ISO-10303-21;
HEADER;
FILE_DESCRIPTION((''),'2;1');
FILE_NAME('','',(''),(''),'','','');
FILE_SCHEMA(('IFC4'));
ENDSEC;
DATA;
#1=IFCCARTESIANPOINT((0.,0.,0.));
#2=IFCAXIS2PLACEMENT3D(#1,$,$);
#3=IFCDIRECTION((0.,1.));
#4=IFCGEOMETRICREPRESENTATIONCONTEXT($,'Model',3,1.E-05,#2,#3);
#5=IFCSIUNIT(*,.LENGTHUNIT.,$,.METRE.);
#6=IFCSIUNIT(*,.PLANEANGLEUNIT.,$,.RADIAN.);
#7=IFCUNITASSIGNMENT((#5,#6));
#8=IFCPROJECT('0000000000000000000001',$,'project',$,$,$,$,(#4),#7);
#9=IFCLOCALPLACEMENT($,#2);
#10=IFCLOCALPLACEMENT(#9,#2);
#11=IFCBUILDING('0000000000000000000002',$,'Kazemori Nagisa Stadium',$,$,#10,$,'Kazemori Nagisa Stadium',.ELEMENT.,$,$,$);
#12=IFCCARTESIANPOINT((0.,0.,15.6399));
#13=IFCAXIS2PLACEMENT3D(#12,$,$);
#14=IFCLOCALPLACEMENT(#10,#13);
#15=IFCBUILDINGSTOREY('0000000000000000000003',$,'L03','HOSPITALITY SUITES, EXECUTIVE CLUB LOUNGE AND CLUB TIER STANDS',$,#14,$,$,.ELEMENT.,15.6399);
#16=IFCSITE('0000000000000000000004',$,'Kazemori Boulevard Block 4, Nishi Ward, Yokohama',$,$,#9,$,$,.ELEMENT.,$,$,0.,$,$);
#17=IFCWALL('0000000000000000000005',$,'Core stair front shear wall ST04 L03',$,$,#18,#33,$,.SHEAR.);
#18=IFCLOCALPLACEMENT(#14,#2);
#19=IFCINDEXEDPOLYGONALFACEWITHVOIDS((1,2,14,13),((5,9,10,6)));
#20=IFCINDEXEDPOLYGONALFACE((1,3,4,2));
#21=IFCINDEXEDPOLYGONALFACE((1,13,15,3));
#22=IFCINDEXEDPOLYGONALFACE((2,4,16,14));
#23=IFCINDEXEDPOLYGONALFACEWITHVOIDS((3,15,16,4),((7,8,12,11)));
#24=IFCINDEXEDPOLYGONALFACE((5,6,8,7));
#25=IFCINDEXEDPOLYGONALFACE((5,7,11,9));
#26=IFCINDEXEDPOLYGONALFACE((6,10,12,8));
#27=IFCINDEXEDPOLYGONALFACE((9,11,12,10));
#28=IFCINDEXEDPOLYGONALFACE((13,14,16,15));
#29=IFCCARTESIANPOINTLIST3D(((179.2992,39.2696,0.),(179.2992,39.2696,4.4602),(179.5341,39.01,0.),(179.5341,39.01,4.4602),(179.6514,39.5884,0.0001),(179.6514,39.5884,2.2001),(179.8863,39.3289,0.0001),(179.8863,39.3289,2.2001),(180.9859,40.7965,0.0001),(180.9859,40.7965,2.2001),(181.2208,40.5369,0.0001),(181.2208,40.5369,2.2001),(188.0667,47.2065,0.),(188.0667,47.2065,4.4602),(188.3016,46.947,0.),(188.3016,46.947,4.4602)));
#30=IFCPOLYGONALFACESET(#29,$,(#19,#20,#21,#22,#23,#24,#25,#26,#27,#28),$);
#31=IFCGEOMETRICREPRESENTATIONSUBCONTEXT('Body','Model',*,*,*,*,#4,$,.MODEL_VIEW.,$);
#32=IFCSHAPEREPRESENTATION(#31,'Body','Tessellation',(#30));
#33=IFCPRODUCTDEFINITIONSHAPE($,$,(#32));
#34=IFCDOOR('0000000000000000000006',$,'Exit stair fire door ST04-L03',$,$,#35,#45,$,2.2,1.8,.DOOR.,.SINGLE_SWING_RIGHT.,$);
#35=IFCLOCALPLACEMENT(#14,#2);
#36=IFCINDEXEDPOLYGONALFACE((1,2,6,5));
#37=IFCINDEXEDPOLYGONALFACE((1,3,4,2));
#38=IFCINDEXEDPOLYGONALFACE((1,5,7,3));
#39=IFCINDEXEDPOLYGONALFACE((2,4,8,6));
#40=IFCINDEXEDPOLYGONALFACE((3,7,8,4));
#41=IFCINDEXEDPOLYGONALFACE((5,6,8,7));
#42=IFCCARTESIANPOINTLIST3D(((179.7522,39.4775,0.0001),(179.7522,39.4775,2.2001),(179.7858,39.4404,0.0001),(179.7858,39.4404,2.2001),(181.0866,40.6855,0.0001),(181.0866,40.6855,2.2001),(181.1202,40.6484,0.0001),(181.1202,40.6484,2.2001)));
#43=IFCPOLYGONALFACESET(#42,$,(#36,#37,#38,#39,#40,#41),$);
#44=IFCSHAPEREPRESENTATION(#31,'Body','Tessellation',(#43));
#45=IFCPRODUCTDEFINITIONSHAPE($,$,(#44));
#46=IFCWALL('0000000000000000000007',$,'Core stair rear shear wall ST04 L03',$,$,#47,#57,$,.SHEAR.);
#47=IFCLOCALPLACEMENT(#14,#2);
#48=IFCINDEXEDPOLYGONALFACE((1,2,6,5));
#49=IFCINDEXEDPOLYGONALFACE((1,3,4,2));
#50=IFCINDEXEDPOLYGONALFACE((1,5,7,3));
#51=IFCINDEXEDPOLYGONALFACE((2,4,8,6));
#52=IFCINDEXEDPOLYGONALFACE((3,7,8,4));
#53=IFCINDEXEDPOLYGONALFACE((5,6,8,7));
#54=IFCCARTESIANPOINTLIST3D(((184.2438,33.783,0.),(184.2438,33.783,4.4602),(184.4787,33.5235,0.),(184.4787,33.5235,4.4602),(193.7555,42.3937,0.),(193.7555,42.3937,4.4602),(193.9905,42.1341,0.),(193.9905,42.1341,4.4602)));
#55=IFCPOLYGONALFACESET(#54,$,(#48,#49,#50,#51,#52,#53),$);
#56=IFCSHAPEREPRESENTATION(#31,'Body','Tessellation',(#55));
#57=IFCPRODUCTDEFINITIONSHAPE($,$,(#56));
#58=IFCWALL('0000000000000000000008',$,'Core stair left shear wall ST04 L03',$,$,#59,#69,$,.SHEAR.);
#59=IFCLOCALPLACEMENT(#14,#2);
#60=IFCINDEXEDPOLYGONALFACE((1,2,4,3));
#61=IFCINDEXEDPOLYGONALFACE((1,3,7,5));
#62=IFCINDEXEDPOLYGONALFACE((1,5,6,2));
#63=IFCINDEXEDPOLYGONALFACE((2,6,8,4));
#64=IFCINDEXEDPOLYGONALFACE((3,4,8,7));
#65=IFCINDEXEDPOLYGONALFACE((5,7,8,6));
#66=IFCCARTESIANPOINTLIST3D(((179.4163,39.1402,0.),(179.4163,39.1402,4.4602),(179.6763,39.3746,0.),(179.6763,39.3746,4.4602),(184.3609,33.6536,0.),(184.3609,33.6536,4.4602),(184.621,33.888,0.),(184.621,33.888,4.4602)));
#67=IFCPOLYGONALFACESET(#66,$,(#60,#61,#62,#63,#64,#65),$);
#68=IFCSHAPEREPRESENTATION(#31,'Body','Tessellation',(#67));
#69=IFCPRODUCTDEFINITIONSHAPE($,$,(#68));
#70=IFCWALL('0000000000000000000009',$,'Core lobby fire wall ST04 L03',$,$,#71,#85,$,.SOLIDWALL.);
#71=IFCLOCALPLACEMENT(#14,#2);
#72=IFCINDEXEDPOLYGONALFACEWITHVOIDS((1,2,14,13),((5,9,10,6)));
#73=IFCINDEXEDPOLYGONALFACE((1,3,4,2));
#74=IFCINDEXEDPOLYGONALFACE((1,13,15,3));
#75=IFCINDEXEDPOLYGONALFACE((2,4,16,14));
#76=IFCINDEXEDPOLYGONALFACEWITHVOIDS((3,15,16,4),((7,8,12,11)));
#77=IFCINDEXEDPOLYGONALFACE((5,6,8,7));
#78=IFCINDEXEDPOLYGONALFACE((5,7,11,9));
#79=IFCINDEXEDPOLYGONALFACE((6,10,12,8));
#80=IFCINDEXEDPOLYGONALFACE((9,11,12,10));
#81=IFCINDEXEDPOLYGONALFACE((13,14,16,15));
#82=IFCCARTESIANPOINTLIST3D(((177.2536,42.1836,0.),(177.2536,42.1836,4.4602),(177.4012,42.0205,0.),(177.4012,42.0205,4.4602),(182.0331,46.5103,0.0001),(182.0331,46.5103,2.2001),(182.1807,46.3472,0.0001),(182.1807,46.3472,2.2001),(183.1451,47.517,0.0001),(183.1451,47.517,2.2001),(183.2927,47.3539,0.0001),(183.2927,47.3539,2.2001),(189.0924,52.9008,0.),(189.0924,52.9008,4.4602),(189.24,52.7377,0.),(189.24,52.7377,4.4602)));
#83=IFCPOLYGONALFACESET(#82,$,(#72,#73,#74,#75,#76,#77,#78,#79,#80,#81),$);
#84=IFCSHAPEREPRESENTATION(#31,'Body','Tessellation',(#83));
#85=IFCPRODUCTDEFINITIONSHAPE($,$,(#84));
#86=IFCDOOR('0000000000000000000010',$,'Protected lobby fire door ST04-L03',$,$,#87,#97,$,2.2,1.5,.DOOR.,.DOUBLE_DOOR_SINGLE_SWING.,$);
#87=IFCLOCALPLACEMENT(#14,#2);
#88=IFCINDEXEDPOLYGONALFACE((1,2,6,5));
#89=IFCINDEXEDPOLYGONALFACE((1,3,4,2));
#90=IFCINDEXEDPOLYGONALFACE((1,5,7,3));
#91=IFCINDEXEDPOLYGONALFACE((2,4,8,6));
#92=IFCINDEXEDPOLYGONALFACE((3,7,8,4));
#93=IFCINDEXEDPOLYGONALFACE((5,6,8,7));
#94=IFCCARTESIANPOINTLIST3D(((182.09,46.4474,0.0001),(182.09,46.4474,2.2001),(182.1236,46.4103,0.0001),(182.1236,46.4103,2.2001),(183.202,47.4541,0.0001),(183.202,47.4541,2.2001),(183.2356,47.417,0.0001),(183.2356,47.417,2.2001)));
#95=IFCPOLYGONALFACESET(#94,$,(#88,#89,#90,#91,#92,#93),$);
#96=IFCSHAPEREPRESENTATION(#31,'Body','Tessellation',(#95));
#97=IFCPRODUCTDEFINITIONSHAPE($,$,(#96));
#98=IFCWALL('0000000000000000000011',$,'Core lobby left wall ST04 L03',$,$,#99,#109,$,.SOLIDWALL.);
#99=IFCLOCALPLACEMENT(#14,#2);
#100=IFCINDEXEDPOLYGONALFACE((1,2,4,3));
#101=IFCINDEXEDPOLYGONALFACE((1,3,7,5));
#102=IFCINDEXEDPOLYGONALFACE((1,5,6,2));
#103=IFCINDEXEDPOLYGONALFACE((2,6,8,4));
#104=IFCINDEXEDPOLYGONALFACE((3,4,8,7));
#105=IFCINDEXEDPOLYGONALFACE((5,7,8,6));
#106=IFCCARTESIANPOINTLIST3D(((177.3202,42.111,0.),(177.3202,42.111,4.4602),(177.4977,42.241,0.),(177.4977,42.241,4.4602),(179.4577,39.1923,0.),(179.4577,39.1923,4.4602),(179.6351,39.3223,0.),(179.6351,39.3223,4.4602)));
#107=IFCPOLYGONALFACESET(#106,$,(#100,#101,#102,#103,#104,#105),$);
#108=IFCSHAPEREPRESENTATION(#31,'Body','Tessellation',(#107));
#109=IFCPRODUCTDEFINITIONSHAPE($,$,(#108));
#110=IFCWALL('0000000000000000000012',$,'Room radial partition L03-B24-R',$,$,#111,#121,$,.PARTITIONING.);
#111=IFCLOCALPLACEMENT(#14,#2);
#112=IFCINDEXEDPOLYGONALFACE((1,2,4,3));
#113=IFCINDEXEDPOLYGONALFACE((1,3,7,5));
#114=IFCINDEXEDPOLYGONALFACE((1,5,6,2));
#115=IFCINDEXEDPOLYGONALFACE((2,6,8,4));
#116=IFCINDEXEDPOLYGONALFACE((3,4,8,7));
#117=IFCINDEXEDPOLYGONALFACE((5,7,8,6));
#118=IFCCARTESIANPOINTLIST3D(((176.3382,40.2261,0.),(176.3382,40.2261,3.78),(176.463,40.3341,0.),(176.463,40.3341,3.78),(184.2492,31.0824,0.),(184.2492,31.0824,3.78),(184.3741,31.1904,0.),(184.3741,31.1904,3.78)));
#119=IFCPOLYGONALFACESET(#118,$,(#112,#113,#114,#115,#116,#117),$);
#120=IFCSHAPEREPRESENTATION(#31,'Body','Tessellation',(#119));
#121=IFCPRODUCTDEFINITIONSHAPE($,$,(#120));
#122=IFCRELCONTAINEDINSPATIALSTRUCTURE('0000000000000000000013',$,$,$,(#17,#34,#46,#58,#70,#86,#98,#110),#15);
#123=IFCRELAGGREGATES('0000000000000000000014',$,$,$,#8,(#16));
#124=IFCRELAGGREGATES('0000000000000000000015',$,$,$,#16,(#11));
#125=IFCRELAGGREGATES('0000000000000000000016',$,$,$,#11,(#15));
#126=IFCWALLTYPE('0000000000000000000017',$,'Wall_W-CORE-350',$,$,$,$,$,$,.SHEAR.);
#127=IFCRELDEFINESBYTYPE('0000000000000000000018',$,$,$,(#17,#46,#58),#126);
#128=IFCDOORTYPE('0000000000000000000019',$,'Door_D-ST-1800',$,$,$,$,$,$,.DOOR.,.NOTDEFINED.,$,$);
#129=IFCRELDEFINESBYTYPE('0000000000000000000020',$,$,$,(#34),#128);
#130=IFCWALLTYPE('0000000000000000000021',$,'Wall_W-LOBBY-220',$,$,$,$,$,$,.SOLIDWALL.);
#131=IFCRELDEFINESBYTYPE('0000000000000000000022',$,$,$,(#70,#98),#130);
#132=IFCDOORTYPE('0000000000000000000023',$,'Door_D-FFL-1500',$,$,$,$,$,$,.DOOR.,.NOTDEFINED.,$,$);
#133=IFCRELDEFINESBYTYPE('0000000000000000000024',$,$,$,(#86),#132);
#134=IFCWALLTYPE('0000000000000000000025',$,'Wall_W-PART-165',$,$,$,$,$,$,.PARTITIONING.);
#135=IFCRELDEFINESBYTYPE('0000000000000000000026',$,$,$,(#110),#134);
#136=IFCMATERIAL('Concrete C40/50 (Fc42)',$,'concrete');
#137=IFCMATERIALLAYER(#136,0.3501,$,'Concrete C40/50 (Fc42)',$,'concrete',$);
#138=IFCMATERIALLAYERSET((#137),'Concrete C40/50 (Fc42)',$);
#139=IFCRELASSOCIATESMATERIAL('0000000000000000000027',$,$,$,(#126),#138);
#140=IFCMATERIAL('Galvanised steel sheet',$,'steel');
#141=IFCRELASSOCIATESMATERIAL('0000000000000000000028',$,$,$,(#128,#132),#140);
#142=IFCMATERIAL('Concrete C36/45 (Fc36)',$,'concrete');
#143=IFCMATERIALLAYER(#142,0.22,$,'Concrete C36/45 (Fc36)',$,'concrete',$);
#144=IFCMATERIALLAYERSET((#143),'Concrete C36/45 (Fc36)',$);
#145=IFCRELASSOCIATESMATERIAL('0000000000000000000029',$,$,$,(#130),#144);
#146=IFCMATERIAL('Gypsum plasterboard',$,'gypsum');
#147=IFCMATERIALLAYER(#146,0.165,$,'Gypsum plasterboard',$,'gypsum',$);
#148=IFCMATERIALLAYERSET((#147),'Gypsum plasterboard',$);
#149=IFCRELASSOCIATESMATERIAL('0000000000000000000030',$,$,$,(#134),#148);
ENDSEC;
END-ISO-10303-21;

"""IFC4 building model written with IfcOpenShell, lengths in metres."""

from ifc_helpers import new_model, si_unit, direction, frame, frame_2d, origin, place, context, subcontext, project, spatial, rectangle, extrude, material, layer, layer_set, type_object, element, fill, save


model = new_model("IFC4")

# Units and contexts
model_context = context("Model", 3, precision=1e-05, world=origin(), true_north=direction((0.0, 1.0)))
body_context = subcontext(model_context, "Body", "Model", "MODEL_VIEW")
ifc_project = project(units=[si_unit("LENGTHUNIT", "METRE"), si_unit("PLANEANGLEUNIT", "RADIAN")], contexts=[model_context])

# Site, building, storey
site_placement = place(None, origin())
site = spatial("IfcSite", under=ifc_project, at=site_placement, Name="Kazemori Boulevard Block 4, Nishi Ward, Yokohama", CompositionType="ELEMENT", RefElevation=0.0)
building_placement = place(site_placement, origin())
building = spatial("IfcBuilding", under=site, at=building_placement, Name="Kazemori Nagisa Stadium", LongName="Kazemori Nagisa Stadium", CompositionType="ELEMENT")
storey_placement = place(building_placement, frame((0.0, 0.0, 15.6399)))
storey = spatial("IfcBuildingStorey", under=building, at=storey_placement, Name="L03", Description="HOSPITALITY SUITES, EXECUTIVE CLUB LOUNGE AND CLUB TIER STANDS", CompositionType="ELEMENT", Elevation=15.6399)

# Shared definitions
ifc_material_1 = material(Name="Concrete C40/50 (Fc42)", Category="concrete")

# Wall, opening, door
ifc_layer_1 = layer(ifc_material_1, 0.3501, Name="Concrete C40/50 (Fc42)", Category="concrete")
ifc_layer_set_1 = layer_set([ifc_layer_1], Name="Concrete C40/50 (Fc42)")
wall_type_1 = type_object("IfcWallType", Name="Wall_W-CORE-350", PredefinedType="SHEAR", material=ifc_layer_set_1)
wall_1_placement = place(storey_placement, frame((179.4167, 39.1399, 0.0), z_axis=(0.0, 0.0, 1.0), x_axis=(0.741349, 0.67112, 0.0)))
wall_1 = element("IfcWall", 1, at=wall_1_placement, inside=storey, type_object=wall_type_1, Name="Core stair front shear wall ST04 L03", PredefinedType="SHEAR", context=body_context, shape_type="SweptSolid", body=[
    extrude(rectangle(XDim=11.8264, YDim=0.3501, at=frame_2d((5.9131, 0.0))), origin(), (0.0, 0.0, 1.0), 4.4602),
])
opening_1_placement = place(wall_1_placement, frame((0.4751, 0.0, 0.0)))
opening_1 = element("IfcOpeningElement", 2, at=opening_1_placement, cuts=wall_1, PredefinedType="OPENING", context=body_context, shape_type="SweptSolid", body=[
    extrude(rectangle(XDim=1.8, YDim=2.2, at=frame_2d((0.8999, 1.1001))), frame((0.0, 0.1851, 0.0), z_axis=(0.0, -1.0, 0.0), x_axis=(1.0, 0.0, 0.0)), (0.0, 0.0, 1.0), 0.3701),
])
ifc_material_2 = material(Name="Galvanised steel sheet", Category="steel")
door_type_1 = type_object("IfcDoorType", Name="Door_D-ST-1800", OperationType="NOTDEFINED", PredefinedType="DOOR", material=ifc_material_2)
door_1_placement = place(opening_1_placement, frame((1.8, 0.0, 0.0), z_axis=(0.0, 0.0, 1.0), x_axis=(-1.0, 0.0, 0.0)))
door_1 = element("IfcDoor", 3, at=door_1_placement, inside=storey, type_object=door_type_1, Name="Exit stair fire door ST04-L03", OperationType="SINGLE_SWING_RIGHT", OverallHeight=2.2, OverallWidth=1.8, PredefinedType="DOOR", context=body_context, shape_type="SweptSolid", body=[
    extrude(rectangle(XDim=1.8, YDim=2.2, at=frame_2d((0.8999, 1.1001))), frame((0.0, 0.0249, 0.0), z_axis=(0.0, -1.0, 0.0), x_axis=(1.0, 0.0, 0.0)), (0.0, 0.0, 1.0), 0.05),
])
fill(opening_1, door_1)

# Walls
wall_2_placement = place(storey_placement, frame((184.3613, 33.6533, 0.0), z_axis=(0.0, 0.0, 1.0), x_axis=(0.741351, 0.671117, 0.0)))
element("IfcWall", 4, at=wall_2_placement, inside=storey, type_object=wall_type_1, Name="Core stair rear shear wall ST04 L03", PredefinedType="SHEAR", context=body_context, shape_type="SweptSolid", body=[
    extrude(rectangle(XDim=12.8303, YDim=0.3501, at=frame_2d((6.415, 0.0))), origin(), (0.0, 0.0, 1.0), 4.4602),
])
wall_3_placement = place(storey_placement, frame((179.5464, 39.2573, 0.0), z_axis=(0.0, 0.0, 1.0), x_axis=(0.669463, -0.742845, 0.0)))
element("IfcWall", 5, at=wall_3_placement, inside=storey, type_object=wall_type_1, Name="Core stair left shear wall ST04 L03", PredefinedType="SHEAR", context=body_context, shape_type="SweptSolid", body=[
    extrude(rectangle(XDim=7.386, YDim=0.3501, at=frame_2d((3.6929, 0.0))), origin(), (0.0, 0.0, 1.0), 4.4602),
])

# Wall, opening, door
ifc_material_3 = material(Name="Concrete C36/45 (Fc36)", Category="concrete")
ifc_layer_2 = layer(ifc_material_3, 0.22, Name="Concrete C36/45 (Fc36)", Category="concrete")
ifc_layer_set_2 = layer_set([ifc_layer_2], Name="Concrete C36/45 (Fc36)")
wall_type_2 = type_object("IfcWallType", Name="Wall_W-LOBBY-220", PredefinedType="SOLIDWALL", material=ifc_layer_set_2)
wall_4_placement = place(storey_placement, frame((177.3274, 42.1021, 0.0), z_axis=(0.0, 0.0, 1.0), x_axis=(0.741351, 0.671117, 0.0)))
wall_4 = element("IfcWall", 6, at=wall_4_placement, inside=storey, type_object=wall_type_2, Name="Core lobby fire wall ST04 L03", PredefinedType="SOLIDWALL", context=body_context, shape_type="SweptSolid", body=[
    extrude(rectangle(XDim=15.9692, YDim=0.22, at=frame_2d((7.9846, 0.0))), origin(), (0.0, 0.0, 1.0), 4.4602),
])
opening_2_placement = place(wall_4_placement, frame((6.447, 0.0, 0.0)))
opening_2 = element("IfcOpeningElement", 7, at=opening_2_placement, cuts=wall_4, PredefinedType="OPENING", context=body_context, shape_type="SweptSolid", body=[
    extrude(rectangle(XDim=1.5, YDim=2.2, at=frame_2d((0.75, 1.1001))), frame((0.0, 0.1199, 0.0), z_axis=(0.0, -1.0, 0.0), x_axis=(1.0, 0.0, 0.0)), (0.0, 0.0, 1.0), 0.24),
])
door_type_2 = type_object("IfcDoorType", Name="Door_D-FFL-1500", OperationType="NOTDEFINED", PredefinedType="DOOR", material=ifc_material_2)
door_2_placement = place(opening_2_placement, frame((1.5, 0.0, 0.0), z_axis=(0.0, 0.0, 1.0), x_axis=(-1.0, 0.0, 0.0)))
door_2 = element("IfcDoor", 8, at=door_2_placement, inside=storey, type_object=door_type_2, Name="Protected lobby fire door ST04-L03", OperationType="DOUBLE_DOOR_SINGLE_SWING", OverallHeight=2.2, OverallWidth=1.5, PredefinedType="DOOR", context=body_context, shape_type="SweptSolid", body=[
    extrude(rectangle(XDim=1.5, YDim=2.2, at=frame_2d((0.75, 1.1001))), frame((0.0, 0.0249, 0.0), z_axis=(0.0, -1.0, 0.0), x_axis=(1.0, 0.0, 0.0)), (0.0, 0.0, 1.0), 0.05),
])
fill(opening_2, door_2)

# Walls
wall_5_placement = place(storey_placement, frame((177.4089, 42.176, 0.0), z_axis=(0.0, 0.0, 1.0), x_axis=(0.590837, -0.806791, 0.0)))
element("IfcWall", 9, at=wall_5_placement, inside=storey, type_object=wall_type_2, Name="Core lobby left wall ST04 L03", PredefinedType="SOLIDWALL", context=body_context, shape_type="SweptSolid", body=[
    extrude(rectangle(XDim=3.6177, YDim=0.22, at=frame_2d((1.8088, 0.0))), origin(), (0.0, 0.0, 1.0), 4.4602),
])
ifc_material_4 = material(Name="Gypsum plasterboard", Category="gypsum")
ifc_layer_3 = layer(ifc_material_4, 0.165, Name="Gypsum plasterboard", Category="gypsum")
ifc_layer_set_3 = layer_set([ifc_layer_3], Name="Gypsum plasterboard")
wall_type_3 = type_object("IfcWallType", Name="Wall_W-PART-165", PredefinedType="PARTITIONING", material=ifc_layer_set_3)
wall_6_placement = place(storey_placement, frame((176.4006, 40.28, 0.0), z_axis=(0.0, 0.0, 1.0), x_axis=(0.654293, -0.756241, 0.0)))
element("IfcWall", 10, at=wall_6_placement, inside=storey, type_object=wall_type_3, Name="Room radial partition L03-B24-R", PredefinedType="PARTITIONING", context=body_context, shape_type="SweptSolid", body=[
    extrude(rectangle(XDim=12.0911, YDim=0.165, at=frame_2d((6.0454, 0.0))), origin(), (0.0, 0.0, 1.0), 3.78),
])

save(model, "model.ifc")
